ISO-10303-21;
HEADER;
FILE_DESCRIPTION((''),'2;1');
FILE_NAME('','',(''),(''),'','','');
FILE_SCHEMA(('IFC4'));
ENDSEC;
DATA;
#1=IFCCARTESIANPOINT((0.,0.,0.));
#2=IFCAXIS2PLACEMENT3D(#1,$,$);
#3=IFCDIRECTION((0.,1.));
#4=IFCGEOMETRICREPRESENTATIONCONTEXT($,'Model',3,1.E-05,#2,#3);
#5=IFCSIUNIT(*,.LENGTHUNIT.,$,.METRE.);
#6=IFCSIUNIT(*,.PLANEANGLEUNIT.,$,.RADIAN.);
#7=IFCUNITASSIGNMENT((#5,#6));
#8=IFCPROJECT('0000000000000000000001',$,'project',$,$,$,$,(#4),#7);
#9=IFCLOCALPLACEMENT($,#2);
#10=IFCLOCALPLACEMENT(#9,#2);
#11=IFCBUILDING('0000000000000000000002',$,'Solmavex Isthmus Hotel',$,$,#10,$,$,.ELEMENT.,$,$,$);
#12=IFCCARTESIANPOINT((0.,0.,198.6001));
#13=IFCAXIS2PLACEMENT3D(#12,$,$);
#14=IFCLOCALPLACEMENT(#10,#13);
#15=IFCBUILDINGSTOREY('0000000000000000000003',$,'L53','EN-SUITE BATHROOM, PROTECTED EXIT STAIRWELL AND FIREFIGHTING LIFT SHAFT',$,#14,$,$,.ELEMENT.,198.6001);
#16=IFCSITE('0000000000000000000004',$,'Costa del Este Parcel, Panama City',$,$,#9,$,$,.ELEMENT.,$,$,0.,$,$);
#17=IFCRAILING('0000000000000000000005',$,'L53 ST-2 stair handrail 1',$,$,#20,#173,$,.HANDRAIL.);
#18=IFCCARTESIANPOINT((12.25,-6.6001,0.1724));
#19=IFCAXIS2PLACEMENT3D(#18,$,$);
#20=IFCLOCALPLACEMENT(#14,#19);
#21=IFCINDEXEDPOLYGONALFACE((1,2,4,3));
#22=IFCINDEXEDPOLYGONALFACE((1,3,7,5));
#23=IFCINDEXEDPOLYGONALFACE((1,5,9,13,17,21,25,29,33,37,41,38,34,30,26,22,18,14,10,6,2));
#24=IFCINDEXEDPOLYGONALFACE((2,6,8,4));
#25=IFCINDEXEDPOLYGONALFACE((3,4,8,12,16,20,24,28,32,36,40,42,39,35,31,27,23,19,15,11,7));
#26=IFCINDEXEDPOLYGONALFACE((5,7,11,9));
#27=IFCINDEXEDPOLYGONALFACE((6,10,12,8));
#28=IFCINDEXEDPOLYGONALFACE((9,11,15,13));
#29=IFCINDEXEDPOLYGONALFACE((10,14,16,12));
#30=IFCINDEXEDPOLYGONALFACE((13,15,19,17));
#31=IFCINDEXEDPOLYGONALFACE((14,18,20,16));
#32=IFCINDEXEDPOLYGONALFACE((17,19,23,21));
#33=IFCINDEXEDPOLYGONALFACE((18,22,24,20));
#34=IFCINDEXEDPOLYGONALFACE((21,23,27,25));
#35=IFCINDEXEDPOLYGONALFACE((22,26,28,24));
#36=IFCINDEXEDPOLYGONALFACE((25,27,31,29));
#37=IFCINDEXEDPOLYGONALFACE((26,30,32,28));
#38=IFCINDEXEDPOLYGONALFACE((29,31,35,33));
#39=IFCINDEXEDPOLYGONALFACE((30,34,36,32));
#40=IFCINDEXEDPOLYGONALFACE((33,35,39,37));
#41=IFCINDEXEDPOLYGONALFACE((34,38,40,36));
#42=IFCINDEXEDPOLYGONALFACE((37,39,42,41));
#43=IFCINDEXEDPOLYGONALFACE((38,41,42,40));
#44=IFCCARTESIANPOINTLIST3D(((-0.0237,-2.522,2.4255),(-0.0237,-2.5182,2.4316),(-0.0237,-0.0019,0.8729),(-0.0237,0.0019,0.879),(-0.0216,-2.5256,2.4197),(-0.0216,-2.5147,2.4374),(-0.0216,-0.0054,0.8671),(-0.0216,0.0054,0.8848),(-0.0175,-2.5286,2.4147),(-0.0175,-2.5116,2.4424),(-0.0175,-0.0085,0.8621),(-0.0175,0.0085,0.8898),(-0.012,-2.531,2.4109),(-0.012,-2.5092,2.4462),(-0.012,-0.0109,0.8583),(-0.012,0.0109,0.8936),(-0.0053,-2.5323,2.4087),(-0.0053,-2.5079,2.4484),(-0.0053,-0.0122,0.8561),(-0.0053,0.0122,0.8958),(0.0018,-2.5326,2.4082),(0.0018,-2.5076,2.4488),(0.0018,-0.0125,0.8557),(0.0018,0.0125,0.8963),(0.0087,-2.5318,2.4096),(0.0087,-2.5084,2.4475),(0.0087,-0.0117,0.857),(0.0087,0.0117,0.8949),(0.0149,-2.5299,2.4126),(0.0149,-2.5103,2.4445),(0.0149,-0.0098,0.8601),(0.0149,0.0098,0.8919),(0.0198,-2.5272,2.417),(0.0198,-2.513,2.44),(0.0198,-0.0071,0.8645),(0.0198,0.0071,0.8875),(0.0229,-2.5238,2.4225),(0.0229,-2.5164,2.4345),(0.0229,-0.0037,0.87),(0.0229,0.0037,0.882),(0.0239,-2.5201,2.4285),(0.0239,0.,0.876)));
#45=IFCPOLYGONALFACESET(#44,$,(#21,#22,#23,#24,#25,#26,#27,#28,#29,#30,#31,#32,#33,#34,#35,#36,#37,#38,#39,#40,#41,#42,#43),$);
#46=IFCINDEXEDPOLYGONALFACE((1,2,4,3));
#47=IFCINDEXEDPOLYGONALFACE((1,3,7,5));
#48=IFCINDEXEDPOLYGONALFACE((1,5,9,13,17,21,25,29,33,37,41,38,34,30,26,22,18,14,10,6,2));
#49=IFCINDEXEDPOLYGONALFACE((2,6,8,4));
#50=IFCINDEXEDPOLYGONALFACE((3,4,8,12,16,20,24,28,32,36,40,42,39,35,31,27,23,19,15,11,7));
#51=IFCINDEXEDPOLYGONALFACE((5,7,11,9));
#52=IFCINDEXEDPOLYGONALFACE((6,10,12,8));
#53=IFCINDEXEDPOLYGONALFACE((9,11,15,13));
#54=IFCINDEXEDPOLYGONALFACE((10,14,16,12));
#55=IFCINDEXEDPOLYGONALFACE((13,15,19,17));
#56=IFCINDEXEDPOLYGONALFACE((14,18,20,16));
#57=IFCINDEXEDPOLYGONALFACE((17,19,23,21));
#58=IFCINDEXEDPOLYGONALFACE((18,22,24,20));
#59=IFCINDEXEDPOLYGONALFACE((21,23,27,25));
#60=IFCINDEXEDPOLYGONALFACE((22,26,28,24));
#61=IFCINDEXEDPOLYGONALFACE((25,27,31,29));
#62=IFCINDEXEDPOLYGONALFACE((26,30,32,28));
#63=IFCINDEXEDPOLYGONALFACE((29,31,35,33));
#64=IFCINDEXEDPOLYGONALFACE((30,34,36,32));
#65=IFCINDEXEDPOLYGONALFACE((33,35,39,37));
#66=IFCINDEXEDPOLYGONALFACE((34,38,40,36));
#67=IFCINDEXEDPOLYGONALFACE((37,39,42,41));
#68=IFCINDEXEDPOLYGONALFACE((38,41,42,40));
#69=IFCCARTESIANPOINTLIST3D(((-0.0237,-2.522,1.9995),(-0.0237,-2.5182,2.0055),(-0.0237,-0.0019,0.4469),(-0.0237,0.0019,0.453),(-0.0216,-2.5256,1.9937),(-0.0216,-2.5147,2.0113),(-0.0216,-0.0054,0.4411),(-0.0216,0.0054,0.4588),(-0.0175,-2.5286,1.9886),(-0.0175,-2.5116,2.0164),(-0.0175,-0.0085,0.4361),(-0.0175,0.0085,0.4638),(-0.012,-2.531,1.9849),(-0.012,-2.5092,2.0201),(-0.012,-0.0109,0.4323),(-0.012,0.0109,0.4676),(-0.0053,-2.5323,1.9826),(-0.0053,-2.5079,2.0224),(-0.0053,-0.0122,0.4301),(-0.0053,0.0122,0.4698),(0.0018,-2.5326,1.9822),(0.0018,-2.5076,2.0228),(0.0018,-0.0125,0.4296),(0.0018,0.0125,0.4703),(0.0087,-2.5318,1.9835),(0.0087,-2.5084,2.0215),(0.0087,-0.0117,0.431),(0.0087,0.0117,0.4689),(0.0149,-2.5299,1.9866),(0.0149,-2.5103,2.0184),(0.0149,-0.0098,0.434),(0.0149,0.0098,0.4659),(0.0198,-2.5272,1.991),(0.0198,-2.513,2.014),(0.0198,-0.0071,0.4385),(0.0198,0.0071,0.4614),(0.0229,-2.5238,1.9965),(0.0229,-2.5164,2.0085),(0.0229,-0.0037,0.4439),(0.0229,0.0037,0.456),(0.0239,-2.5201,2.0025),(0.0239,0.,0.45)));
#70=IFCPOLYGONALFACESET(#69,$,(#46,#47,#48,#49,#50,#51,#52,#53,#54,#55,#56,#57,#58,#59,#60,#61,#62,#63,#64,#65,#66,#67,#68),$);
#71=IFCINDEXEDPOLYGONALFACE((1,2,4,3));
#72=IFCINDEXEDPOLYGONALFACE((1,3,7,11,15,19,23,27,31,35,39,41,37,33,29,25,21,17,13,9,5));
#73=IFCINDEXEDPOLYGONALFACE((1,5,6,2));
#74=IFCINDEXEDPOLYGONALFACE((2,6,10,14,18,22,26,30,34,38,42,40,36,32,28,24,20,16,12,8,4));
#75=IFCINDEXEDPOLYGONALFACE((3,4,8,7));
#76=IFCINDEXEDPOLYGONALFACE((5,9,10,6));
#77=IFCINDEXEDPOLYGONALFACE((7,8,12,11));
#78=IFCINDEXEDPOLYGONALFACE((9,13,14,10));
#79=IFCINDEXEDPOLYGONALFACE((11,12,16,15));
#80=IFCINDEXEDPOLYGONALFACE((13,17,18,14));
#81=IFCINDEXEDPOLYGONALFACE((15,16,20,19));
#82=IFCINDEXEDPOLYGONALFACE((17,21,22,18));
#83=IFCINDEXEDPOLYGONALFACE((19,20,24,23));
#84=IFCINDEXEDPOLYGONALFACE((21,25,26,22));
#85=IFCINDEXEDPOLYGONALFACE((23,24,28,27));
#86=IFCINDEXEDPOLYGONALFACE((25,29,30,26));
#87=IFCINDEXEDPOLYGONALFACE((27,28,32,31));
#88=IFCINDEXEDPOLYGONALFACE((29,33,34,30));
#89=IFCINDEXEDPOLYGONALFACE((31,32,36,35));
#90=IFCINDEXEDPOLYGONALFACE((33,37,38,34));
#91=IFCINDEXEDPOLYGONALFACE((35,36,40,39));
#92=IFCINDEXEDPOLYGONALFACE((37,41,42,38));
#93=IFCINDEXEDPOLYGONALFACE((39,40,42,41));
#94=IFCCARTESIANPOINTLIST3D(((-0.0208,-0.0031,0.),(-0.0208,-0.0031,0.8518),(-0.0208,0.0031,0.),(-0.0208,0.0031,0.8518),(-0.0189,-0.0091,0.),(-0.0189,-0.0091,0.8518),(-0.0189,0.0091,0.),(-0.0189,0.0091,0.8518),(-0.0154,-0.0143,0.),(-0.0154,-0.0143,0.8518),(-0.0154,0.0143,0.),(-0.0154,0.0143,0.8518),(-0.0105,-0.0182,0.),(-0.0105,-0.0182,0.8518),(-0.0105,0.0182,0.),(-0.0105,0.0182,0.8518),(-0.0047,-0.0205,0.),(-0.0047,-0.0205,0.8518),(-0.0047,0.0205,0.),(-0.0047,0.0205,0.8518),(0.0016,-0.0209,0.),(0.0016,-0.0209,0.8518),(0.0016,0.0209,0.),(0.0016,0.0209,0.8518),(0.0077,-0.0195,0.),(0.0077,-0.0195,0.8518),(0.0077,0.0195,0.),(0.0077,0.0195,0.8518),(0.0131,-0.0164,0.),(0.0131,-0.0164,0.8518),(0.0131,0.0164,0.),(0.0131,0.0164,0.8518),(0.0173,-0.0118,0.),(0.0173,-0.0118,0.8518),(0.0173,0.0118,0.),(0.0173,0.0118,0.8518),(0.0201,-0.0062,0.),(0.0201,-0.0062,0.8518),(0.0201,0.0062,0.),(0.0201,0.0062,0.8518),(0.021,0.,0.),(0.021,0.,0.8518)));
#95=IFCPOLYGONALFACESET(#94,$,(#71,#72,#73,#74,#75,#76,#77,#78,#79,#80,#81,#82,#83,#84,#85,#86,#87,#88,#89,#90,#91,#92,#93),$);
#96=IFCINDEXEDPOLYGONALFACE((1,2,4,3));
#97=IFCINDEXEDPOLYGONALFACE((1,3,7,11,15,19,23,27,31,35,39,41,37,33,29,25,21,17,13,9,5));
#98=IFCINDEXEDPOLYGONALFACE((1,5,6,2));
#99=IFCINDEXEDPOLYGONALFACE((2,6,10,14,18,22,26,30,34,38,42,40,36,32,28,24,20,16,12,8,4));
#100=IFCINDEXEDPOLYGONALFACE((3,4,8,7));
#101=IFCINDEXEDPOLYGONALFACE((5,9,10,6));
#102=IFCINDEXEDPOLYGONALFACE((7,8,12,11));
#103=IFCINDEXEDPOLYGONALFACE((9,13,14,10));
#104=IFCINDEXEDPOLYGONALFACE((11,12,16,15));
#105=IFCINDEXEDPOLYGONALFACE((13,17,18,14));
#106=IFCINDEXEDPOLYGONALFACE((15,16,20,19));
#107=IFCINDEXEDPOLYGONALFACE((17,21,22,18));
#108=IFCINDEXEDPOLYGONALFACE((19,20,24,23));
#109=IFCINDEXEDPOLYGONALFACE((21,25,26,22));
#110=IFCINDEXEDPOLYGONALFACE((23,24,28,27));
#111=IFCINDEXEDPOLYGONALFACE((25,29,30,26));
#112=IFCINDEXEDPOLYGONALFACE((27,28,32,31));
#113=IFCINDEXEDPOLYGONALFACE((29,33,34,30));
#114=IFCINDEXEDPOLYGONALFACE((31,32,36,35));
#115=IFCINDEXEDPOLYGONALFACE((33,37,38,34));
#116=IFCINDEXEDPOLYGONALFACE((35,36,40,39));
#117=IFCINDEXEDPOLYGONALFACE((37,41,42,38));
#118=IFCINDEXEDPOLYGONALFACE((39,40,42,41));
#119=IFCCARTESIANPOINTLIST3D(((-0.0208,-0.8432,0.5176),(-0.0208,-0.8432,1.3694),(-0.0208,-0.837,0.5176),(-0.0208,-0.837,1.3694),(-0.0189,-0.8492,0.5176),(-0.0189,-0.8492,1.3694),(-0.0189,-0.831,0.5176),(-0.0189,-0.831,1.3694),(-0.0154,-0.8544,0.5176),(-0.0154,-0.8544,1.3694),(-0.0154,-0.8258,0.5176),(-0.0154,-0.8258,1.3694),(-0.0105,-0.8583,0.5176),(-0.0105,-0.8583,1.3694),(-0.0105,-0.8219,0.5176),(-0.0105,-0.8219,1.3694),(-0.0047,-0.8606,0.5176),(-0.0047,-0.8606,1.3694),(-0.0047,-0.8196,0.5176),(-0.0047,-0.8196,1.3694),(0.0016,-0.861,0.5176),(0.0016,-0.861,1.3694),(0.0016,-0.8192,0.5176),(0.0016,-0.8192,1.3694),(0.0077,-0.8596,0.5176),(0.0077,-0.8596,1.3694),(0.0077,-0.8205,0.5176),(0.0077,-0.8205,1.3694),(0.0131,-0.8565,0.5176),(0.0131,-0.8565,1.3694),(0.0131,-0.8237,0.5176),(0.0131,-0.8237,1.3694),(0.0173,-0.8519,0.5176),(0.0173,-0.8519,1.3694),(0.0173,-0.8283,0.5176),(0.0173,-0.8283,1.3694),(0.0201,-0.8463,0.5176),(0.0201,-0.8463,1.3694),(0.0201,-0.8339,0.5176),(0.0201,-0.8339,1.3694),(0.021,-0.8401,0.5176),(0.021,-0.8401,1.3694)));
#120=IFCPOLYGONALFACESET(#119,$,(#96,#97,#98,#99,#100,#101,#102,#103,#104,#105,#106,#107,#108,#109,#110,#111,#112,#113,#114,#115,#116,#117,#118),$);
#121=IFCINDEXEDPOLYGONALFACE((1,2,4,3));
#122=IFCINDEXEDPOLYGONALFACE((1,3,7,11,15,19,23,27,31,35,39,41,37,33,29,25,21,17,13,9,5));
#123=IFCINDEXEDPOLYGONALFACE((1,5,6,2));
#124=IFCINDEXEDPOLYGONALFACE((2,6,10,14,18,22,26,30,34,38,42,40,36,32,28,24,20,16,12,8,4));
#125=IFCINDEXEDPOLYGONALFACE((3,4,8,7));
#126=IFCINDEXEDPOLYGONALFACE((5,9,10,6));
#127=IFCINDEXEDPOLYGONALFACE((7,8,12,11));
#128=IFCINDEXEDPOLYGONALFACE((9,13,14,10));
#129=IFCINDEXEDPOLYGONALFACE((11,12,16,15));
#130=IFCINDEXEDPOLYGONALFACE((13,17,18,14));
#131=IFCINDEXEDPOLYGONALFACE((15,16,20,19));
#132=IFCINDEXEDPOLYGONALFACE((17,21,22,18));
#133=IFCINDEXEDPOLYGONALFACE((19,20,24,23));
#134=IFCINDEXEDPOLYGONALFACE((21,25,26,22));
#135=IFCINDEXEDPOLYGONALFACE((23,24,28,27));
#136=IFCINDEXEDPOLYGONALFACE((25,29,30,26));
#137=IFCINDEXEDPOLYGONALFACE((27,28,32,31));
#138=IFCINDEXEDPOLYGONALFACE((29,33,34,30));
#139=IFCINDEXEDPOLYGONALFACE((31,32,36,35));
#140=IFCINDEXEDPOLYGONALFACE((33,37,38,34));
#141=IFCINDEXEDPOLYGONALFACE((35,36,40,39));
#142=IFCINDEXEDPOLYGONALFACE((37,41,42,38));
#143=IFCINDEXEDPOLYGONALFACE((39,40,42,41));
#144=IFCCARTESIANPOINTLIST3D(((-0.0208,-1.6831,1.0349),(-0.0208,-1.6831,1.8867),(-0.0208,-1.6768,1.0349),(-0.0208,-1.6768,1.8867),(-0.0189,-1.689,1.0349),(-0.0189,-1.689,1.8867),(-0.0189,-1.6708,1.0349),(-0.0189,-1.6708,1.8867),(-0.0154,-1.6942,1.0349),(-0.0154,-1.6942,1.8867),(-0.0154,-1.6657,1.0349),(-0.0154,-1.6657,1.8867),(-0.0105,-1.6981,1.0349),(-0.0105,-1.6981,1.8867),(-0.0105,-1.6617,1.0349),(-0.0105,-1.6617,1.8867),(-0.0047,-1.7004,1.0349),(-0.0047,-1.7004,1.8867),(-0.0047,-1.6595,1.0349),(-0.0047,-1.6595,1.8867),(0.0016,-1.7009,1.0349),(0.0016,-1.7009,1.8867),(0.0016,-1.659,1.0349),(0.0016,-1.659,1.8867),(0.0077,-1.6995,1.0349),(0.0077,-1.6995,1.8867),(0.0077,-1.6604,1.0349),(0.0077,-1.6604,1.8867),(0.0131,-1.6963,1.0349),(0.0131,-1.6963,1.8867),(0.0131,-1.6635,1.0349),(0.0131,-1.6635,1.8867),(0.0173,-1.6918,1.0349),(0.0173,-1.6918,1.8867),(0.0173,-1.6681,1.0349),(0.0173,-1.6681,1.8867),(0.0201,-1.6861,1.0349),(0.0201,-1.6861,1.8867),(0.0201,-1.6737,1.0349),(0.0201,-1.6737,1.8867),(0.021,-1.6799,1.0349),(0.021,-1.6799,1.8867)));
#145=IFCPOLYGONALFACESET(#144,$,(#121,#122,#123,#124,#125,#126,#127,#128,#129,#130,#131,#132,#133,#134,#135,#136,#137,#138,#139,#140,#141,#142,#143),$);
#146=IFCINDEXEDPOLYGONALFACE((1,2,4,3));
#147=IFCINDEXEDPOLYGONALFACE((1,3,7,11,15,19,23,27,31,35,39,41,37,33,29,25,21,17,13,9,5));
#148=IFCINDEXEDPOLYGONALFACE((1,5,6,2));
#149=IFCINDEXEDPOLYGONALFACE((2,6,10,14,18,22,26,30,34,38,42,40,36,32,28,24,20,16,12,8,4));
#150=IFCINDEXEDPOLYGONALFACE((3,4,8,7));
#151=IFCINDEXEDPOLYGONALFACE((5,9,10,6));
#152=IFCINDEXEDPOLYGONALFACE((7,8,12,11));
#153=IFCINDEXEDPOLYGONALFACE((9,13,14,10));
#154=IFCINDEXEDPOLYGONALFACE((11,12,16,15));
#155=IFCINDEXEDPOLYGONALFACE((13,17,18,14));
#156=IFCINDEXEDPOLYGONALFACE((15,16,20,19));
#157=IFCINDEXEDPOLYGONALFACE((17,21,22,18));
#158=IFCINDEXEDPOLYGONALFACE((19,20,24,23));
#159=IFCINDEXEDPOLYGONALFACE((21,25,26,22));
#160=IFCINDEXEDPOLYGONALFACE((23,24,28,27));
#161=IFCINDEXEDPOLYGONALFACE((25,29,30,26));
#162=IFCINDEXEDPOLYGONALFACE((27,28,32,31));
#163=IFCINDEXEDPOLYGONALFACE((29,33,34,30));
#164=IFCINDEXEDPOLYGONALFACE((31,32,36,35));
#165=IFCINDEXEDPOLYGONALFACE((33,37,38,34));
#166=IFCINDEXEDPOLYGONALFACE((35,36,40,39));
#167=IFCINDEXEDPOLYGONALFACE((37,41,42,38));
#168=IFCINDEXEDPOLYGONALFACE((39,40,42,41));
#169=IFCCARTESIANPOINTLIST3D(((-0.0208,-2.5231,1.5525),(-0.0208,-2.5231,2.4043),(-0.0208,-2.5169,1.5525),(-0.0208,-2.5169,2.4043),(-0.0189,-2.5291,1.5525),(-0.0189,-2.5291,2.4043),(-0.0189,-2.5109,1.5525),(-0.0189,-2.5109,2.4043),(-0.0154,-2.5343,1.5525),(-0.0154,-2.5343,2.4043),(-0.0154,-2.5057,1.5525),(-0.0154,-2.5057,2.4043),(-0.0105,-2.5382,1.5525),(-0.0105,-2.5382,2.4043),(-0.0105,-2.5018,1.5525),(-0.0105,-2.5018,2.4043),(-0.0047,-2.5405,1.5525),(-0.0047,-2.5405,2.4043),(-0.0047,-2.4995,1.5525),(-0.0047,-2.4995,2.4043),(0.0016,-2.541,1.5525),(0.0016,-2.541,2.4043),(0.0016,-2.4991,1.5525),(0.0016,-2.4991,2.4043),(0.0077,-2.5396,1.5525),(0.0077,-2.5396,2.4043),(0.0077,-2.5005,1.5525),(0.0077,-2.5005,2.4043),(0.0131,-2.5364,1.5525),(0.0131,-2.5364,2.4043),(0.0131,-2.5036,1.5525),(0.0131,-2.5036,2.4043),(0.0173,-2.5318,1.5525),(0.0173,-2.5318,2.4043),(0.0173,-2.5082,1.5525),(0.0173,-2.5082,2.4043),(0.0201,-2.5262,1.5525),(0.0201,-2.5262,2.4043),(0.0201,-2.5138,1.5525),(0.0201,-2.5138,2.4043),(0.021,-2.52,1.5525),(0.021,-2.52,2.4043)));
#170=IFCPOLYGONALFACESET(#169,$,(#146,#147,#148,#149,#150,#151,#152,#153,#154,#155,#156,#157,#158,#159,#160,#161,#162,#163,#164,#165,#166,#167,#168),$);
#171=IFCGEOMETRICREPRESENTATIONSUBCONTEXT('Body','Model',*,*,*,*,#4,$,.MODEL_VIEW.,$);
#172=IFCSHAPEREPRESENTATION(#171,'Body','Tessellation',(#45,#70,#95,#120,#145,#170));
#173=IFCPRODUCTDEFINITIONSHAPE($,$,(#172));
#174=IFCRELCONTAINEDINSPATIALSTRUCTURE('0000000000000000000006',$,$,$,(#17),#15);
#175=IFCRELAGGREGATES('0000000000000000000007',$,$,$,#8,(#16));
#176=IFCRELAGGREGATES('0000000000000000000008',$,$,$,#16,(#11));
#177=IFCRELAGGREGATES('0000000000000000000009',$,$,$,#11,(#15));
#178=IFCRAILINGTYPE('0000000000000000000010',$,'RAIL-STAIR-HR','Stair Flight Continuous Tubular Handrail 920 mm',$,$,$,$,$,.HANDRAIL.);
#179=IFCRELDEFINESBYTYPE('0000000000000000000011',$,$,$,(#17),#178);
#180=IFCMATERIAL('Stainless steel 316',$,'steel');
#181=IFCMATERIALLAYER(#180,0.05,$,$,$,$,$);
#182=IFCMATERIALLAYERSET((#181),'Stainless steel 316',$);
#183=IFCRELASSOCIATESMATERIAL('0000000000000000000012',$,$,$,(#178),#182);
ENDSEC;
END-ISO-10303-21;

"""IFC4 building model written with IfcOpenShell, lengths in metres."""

from ifc_helpers import new_model, si_unit, direction, frame, origin, origin_2d, place, context, subcontext, project, spatial, circle, extrude, material, layer, layer_set, type_object, element, save


model = new_model("IFC4")

# Units and contexts
model_context = context("Model", 3, precision=1e-05, world=origin(), true_north=direction((0.0, 1.0)))
body_context = subcontext(model_context, "Body", "Model", "MODEL_VIEW")
ifc_project = project(units=[si_unit("LENGTHUNIT", "METRE"), si_unit("PLANEANGLEUNIT", "RADIAN")], contexts=[model_context])

# Site, building, storey
site_placement = place(None, origin())
site = spatial("IfcSite", under=ifc_project, at=site_placement, Name="Costa del Este Parcel, Panama City", CompositionType="ELEMENT", RefElevation=0.0)
building_placement = place(site_placement, origin())
building = spatial("IfcBuilding", under=site, at=building_placement, Name="Solmavex Isthmus Hotel", CompositionType="ELEMENT")
storey_placement = place(building_placement, frame((0.0, 0.0, 198.6001)))
storey = spatial("IfcBuildingStorey", under=building, at=storey_placement, Name="L53", Description="EN-SUITE BATHROOM, PROTECTED EXIT STAIRWELL AND FIREFIGHTING LIFT SHAFT", CompositionType="ELEMENT", Elevation=198.6001)

# Shared definitions
ifc_material_1 = material(Name="Stainless steel 316", Category="steel")

# Railing
ifc_layer_1 = layer(ifc_material_1, 0.05)
ifc_layer_set_1 = layer_set([ifc_layer_1], Name="Stainless steel 316")
railing_type = type_object("IfcRailingType", Name="RAIL-STAIR-HR", Description="Stair Flight Continuous Tubular Handrail 920 mm", PredefinedType="HANDRAIL", material=ifc_layer_set_1)
railing_placement = place(storey_placement, frame((12.25, -6.6001, 0.1724)))
element("IfcRailing", 1, at=railing_placement, inside=storey, type_object=railing_type, Name="L53 ST-2 stair handrail 1", PredefinedType="HANDRAIL", context=body_context, shape_type="SweptSolid", body=[
    extrude(circle(Radius=0.0239, at=origin_2d()), frame((0.0, 0.0, 0.876), z_axis=(0.0, -0.8514, 0.524516), x_axis=(1.0, 0.0, 0.0)), (0.0, 0.0, 1.0), 2.96),
    extrude(circle(Radius=0.0239, at=origin_2d()), frame((0.0, 0.0, 0.45), z_axis=(0.0, -0.8514, 0.524516), x_axis=(1.0, 0.0, 0.0)), (0.0, 0.0, 1.0), 2.96),
    extrude(circle(Radius=0.021, at=origin_2d()), origin(), (0.0, 0.0, 1.0), 0.8518),
    extrude(circle(Radius=0.021, at=origin_2d()), frame((0.0, -0.8401, 0.5176)), (0.0, 0.0, 1.0), 0.8518),
    extrude(circle(Radius=0.021, at=origin_2d()), frame((0.0, -1.6799, 1.0349)), (0.0, 0.0, 1.0), 0.8518),
    extrude(circle(Radius=0.021, at=origin_2d()), frame((0.0, -2.52, 1.5525)), (0.0, 0.0, 1.0), 0.8518),
])

save(model, "model.ifc")
